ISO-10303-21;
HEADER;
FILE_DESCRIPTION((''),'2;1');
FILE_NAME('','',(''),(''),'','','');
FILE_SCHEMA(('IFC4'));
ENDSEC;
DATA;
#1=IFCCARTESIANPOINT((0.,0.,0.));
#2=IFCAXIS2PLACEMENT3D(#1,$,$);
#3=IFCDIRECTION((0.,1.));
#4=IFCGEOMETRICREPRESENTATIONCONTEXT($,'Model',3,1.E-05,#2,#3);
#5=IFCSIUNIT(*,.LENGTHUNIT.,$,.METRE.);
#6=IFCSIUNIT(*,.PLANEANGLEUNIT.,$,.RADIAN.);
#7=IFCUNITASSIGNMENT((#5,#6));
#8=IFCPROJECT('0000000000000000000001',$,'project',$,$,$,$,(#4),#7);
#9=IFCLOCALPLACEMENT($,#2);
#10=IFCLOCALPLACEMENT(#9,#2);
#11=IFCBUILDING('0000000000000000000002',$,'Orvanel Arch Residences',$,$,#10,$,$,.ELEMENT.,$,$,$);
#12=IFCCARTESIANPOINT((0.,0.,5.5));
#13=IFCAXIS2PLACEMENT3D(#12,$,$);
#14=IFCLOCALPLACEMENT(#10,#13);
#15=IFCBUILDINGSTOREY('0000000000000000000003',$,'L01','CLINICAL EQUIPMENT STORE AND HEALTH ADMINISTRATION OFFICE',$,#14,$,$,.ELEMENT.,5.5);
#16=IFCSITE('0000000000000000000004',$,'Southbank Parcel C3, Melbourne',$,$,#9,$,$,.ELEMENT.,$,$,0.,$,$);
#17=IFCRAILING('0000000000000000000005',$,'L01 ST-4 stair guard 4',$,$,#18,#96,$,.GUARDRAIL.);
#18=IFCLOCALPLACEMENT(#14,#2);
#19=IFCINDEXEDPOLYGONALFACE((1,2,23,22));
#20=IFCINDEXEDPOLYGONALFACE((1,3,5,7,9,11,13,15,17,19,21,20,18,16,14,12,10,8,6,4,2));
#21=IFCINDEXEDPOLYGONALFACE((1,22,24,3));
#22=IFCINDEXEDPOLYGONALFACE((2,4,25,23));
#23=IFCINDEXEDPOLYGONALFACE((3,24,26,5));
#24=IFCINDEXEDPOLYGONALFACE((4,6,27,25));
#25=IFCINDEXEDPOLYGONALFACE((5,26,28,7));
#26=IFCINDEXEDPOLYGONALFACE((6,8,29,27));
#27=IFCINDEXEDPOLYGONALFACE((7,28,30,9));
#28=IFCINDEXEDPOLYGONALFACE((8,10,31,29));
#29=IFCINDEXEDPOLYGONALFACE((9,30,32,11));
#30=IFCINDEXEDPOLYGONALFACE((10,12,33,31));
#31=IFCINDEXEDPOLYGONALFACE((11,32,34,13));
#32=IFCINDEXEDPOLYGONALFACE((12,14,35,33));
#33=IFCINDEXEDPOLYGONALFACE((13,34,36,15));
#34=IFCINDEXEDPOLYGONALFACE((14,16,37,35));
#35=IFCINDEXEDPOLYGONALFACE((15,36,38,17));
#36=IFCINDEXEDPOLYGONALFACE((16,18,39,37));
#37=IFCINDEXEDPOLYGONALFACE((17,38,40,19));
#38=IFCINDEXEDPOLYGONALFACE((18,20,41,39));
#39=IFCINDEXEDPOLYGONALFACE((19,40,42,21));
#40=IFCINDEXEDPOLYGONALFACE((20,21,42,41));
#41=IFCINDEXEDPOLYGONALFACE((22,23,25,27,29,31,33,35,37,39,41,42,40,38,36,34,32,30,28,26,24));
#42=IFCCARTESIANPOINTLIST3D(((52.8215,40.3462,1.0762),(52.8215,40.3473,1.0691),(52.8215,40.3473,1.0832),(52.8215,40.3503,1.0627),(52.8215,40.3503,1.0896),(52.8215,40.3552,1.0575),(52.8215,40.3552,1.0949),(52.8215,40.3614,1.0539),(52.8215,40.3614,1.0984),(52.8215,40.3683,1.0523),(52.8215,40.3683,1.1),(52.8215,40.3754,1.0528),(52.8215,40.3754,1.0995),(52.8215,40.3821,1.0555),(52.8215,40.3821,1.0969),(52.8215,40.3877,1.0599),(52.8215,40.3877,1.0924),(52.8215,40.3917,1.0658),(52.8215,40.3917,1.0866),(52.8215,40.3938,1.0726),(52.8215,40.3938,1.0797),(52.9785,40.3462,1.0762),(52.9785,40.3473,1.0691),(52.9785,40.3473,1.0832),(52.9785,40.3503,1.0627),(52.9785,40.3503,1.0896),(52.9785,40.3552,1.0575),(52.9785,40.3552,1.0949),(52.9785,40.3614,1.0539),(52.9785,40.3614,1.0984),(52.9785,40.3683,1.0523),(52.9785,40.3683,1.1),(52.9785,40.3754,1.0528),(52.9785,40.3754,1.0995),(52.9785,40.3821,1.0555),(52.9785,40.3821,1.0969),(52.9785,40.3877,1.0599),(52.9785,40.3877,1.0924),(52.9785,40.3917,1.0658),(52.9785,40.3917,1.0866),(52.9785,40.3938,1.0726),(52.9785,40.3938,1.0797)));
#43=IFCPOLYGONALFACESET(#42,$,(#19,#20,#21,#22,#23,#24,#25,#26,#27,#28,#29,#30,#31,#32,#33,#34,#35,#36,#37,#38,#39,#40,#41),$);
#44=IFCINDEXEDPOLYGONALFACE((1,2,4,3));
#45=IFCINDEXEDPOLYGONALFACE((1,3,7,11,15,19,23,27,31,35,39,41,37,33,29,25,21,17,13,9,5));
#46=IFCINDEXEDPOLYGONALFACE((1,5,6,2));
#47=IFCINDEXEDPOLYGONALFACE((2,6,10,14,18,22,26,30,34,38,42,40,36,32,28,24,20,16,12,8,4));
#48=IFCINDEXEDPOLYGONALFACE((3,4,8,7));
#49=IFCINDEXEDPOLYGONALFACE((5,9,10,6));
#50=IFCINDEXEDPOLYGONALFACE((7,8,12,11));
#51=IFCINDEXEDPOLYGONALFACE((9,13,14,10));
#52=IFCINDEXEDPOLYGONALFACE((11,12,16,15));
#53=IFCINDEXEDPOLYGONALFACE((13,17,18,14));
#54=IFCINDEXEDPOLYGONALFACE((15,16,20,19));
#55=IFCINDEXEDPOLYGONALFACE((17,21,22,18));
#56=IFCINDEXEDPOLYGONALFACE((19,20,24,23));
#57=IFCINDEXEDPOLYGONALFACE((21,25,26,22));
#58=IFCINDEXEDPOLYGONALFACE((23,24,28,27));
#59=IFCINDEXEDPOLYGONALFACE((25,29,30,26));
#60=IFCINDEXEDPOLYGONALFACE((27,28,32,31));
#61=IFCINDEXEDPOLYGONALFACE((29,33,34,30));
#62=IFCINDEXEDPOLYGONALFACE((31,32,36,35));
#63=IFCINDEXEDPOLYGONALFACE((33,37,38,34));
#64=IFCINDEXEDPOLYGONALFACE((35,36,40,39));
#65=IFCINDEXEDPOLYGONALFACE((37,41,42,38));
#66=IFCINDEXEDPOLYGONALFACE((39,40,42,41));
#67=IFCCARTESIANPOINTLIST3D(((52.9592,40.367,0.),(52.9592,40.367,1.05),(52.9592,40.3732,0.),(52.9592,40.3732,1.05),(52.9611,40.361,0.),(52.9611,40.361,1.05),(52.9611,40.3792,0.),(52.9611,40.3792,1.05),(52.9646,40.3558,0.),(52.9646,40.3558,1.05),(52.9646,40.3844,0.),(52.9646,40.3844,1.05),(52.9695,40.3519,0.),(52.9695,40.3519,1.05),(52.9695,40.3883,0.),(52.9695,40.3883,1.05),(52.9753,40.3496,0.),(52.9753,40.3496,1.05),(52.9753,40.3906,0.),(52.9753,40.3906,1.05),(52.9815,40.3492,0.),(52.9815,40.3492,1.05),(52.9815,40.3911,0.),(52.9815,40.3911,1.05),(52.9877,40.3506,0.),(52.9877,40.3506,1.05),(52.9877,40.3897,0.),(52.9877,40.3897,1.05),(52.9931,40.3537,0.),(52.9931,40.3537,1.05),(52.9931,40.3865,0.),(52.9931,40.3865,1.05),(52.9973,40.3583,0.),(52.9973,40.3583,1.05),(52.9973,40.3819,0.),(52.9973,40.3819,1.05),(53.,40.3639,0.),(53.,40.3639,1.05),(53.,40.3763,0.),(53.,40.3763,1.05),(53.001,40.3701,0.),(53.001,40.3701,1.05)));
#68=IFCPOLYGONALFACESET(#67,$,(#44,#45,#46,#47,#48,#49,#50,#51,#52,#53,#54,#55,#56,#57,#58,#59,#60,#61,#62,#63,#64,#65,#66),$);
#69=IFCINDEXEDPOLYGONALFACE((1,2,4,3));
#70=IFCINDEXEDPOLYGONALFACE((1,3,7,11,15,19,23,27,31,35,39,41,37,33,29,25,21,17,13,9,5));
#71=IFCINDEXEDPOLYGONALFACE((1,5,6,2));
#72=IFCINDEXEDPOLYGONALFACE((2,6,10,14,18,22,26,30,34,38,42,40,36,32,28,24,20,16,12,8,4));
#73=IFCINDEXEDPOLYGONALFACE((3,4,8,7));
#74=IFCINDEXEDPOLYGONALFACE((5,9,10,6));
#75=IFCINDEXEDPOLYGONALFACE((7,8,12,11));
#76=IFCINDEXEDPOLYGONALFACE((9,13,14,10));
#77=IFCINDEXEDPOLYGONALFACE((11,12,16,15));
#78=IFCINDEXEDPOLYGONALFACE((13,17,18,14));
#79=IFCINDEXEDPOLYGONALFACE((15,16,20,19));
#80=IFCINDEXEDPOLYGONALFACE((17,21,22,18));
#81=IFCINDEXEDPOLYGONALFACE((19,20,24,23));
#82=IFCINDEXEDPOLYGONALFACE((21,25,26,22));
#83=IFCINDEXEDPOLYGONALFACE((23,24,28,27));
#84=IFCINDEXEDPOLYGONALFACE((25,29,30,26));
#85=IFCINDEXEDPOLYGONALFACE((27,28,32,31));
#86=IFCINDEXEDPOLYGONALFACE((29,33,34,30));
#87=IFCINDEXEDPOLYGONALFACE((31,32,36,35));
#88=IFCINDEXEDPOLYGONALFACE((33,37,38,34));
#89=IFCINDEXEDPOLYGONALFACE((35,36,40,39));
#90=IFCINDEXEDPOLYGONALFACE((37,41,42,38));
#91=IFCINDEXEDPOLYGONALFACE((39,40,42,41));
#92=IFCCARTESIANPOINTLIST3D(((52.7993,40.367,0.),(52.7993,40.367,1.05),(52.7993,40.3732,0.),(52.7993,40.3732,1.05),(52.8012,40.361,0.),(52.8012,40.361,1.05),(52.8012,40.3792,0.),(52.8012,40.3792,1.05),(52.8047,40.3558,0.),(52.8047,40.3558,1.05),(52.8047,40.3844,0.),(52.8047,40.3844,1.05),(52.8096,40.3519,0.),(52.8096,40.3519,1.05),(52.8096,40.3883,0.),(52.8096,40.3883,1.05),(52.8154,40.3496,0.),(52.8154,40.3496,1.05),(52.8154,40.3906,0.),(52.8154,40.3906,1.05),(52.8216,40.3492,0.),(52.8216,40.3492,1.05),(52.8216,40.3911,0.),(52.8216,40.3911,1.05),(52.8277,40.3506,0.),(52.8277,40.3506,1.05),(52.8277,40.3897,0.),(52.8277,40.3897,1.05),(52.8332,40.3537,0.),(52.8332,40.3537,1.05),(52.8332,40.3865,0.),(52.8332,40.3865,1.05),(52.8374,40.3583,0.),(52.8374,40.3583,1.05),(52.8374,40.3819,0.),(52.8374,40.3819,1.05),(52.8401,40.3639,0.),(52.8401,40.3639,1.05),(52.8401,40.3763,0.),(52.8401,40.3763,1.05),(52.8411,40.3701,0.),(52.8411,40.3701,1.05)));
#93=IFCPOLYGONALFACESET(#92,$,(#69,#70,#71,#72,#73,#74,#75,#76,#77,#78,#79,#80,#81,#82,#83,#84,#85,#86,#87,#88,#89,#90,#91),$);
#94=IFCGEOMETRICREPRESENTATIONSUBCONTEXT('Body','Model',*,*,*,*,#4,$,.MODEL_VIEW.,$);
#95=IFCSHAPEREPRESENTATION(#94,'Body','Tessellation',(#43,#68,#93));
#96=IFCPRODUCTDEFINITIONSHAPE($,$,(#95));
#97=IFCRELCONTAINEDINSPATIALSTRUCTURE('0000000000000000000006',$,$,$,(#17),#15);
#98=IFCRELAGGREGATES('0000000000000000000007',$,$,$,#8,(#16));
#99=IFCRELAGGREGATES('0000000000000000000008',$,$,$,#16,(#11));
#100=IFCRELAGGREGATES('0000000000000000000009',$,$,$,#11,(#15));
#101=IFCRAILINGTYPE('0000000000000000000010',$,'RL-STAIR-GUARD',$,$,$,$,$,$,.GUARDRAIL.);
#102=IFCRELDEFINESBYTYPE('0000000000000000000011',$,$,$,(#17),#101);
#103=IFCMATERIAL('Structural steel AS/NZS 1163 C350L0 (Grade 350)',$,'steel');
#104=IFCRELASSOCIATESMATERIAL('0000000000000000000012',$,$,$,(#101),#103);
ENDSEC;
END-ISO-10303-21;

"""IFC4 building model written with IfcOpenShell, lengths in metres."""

from ifc_helpers import new_model, si_unit, direction, frame, origin, origin_2d, place, context, subcontext, project, spatial, circle, extrude, material, type_object, element, save


model = new_model("IFC4")

# Units and contexts
model_context = context("Model", 3, precision=1e-05, world=origin(), true_north=direction((0.0, 1.0)))
body_context = subcontext(model_context, "Body", "Model", "MODEL_VIEW")
ifc_project = project(units=[si_unit("LENGTHUNIT", "METRE"), si_unit("PLANEANGLEUNIT", "RADIAN")], contexts=[model_context])

# Site, building, storey
site_placement = place(None, origin())
site = spatial("IfcSite", under=ifc_project, at=site_placement, Name="Southbank Parcel C3, Melbourne", CompositionType="ELEMENT", RefElevation=0.0)
building_placement = place(site_placement, origin())
building = spatial("IfcBuilding", under=site, at=building_placement, Name="Orvanel Arch Residences", CompositionType="ELEMENT")
storey_placement = place(building_placement, frame((0.0, 0.0, 5.5)))
storey = spatial("IfcBuildingStorey", under=building, at=storey_placement, Name="L01", Description="CLINICAL EQUIPMENT STORE AND HEALTH ADMINISTRATION OFFICE", CompositionType="ELEMENT", Elevation=5.5)

# Railing
ifc_material_1 = material(Name="Structural steel AS/NZS 1163 C350L0 (Grade 350)", Category="steel")
railing_type_1 = type_object("IfcRailingType", Name="RL-STAIR-GUARD", PredefinedType="GUARDRAIL", material=ifc_material_1)
railing_1_placement = place(storey_placement, frame((52.98, 40.3701, 0.0)))
element("IfcRailing", 1, at=railing_1_placement, inside=storey, type_object=railing_type_1, Name="L01 ST-4 stair guard 4", PredefinedType="GUARDRAIL", context=body_context, shape_type="SweptSolid", body=[
    extrude(circle(Radius=0.0239, at=origin_2d()), frame((-0.0015, 0.0, 1.0762), z_axis=(-1.0, 0.0, 0.0), x_axis=(0.0, -1.0, 0.0)), (0.0, 0.0, 1.0), 0.157),
    extrude(circle(Radius=0.021, at=origin_2d()), origin(), (0.0, 0.0, 1.0), 1.05),
    extrude(circle(Radius=0.021, at=origin_2d()), frame((-0.1599, 0.0, 0.0)), (0.0, 0.0, 1.0), 1.05),
])

save(model, "model.ifc")
